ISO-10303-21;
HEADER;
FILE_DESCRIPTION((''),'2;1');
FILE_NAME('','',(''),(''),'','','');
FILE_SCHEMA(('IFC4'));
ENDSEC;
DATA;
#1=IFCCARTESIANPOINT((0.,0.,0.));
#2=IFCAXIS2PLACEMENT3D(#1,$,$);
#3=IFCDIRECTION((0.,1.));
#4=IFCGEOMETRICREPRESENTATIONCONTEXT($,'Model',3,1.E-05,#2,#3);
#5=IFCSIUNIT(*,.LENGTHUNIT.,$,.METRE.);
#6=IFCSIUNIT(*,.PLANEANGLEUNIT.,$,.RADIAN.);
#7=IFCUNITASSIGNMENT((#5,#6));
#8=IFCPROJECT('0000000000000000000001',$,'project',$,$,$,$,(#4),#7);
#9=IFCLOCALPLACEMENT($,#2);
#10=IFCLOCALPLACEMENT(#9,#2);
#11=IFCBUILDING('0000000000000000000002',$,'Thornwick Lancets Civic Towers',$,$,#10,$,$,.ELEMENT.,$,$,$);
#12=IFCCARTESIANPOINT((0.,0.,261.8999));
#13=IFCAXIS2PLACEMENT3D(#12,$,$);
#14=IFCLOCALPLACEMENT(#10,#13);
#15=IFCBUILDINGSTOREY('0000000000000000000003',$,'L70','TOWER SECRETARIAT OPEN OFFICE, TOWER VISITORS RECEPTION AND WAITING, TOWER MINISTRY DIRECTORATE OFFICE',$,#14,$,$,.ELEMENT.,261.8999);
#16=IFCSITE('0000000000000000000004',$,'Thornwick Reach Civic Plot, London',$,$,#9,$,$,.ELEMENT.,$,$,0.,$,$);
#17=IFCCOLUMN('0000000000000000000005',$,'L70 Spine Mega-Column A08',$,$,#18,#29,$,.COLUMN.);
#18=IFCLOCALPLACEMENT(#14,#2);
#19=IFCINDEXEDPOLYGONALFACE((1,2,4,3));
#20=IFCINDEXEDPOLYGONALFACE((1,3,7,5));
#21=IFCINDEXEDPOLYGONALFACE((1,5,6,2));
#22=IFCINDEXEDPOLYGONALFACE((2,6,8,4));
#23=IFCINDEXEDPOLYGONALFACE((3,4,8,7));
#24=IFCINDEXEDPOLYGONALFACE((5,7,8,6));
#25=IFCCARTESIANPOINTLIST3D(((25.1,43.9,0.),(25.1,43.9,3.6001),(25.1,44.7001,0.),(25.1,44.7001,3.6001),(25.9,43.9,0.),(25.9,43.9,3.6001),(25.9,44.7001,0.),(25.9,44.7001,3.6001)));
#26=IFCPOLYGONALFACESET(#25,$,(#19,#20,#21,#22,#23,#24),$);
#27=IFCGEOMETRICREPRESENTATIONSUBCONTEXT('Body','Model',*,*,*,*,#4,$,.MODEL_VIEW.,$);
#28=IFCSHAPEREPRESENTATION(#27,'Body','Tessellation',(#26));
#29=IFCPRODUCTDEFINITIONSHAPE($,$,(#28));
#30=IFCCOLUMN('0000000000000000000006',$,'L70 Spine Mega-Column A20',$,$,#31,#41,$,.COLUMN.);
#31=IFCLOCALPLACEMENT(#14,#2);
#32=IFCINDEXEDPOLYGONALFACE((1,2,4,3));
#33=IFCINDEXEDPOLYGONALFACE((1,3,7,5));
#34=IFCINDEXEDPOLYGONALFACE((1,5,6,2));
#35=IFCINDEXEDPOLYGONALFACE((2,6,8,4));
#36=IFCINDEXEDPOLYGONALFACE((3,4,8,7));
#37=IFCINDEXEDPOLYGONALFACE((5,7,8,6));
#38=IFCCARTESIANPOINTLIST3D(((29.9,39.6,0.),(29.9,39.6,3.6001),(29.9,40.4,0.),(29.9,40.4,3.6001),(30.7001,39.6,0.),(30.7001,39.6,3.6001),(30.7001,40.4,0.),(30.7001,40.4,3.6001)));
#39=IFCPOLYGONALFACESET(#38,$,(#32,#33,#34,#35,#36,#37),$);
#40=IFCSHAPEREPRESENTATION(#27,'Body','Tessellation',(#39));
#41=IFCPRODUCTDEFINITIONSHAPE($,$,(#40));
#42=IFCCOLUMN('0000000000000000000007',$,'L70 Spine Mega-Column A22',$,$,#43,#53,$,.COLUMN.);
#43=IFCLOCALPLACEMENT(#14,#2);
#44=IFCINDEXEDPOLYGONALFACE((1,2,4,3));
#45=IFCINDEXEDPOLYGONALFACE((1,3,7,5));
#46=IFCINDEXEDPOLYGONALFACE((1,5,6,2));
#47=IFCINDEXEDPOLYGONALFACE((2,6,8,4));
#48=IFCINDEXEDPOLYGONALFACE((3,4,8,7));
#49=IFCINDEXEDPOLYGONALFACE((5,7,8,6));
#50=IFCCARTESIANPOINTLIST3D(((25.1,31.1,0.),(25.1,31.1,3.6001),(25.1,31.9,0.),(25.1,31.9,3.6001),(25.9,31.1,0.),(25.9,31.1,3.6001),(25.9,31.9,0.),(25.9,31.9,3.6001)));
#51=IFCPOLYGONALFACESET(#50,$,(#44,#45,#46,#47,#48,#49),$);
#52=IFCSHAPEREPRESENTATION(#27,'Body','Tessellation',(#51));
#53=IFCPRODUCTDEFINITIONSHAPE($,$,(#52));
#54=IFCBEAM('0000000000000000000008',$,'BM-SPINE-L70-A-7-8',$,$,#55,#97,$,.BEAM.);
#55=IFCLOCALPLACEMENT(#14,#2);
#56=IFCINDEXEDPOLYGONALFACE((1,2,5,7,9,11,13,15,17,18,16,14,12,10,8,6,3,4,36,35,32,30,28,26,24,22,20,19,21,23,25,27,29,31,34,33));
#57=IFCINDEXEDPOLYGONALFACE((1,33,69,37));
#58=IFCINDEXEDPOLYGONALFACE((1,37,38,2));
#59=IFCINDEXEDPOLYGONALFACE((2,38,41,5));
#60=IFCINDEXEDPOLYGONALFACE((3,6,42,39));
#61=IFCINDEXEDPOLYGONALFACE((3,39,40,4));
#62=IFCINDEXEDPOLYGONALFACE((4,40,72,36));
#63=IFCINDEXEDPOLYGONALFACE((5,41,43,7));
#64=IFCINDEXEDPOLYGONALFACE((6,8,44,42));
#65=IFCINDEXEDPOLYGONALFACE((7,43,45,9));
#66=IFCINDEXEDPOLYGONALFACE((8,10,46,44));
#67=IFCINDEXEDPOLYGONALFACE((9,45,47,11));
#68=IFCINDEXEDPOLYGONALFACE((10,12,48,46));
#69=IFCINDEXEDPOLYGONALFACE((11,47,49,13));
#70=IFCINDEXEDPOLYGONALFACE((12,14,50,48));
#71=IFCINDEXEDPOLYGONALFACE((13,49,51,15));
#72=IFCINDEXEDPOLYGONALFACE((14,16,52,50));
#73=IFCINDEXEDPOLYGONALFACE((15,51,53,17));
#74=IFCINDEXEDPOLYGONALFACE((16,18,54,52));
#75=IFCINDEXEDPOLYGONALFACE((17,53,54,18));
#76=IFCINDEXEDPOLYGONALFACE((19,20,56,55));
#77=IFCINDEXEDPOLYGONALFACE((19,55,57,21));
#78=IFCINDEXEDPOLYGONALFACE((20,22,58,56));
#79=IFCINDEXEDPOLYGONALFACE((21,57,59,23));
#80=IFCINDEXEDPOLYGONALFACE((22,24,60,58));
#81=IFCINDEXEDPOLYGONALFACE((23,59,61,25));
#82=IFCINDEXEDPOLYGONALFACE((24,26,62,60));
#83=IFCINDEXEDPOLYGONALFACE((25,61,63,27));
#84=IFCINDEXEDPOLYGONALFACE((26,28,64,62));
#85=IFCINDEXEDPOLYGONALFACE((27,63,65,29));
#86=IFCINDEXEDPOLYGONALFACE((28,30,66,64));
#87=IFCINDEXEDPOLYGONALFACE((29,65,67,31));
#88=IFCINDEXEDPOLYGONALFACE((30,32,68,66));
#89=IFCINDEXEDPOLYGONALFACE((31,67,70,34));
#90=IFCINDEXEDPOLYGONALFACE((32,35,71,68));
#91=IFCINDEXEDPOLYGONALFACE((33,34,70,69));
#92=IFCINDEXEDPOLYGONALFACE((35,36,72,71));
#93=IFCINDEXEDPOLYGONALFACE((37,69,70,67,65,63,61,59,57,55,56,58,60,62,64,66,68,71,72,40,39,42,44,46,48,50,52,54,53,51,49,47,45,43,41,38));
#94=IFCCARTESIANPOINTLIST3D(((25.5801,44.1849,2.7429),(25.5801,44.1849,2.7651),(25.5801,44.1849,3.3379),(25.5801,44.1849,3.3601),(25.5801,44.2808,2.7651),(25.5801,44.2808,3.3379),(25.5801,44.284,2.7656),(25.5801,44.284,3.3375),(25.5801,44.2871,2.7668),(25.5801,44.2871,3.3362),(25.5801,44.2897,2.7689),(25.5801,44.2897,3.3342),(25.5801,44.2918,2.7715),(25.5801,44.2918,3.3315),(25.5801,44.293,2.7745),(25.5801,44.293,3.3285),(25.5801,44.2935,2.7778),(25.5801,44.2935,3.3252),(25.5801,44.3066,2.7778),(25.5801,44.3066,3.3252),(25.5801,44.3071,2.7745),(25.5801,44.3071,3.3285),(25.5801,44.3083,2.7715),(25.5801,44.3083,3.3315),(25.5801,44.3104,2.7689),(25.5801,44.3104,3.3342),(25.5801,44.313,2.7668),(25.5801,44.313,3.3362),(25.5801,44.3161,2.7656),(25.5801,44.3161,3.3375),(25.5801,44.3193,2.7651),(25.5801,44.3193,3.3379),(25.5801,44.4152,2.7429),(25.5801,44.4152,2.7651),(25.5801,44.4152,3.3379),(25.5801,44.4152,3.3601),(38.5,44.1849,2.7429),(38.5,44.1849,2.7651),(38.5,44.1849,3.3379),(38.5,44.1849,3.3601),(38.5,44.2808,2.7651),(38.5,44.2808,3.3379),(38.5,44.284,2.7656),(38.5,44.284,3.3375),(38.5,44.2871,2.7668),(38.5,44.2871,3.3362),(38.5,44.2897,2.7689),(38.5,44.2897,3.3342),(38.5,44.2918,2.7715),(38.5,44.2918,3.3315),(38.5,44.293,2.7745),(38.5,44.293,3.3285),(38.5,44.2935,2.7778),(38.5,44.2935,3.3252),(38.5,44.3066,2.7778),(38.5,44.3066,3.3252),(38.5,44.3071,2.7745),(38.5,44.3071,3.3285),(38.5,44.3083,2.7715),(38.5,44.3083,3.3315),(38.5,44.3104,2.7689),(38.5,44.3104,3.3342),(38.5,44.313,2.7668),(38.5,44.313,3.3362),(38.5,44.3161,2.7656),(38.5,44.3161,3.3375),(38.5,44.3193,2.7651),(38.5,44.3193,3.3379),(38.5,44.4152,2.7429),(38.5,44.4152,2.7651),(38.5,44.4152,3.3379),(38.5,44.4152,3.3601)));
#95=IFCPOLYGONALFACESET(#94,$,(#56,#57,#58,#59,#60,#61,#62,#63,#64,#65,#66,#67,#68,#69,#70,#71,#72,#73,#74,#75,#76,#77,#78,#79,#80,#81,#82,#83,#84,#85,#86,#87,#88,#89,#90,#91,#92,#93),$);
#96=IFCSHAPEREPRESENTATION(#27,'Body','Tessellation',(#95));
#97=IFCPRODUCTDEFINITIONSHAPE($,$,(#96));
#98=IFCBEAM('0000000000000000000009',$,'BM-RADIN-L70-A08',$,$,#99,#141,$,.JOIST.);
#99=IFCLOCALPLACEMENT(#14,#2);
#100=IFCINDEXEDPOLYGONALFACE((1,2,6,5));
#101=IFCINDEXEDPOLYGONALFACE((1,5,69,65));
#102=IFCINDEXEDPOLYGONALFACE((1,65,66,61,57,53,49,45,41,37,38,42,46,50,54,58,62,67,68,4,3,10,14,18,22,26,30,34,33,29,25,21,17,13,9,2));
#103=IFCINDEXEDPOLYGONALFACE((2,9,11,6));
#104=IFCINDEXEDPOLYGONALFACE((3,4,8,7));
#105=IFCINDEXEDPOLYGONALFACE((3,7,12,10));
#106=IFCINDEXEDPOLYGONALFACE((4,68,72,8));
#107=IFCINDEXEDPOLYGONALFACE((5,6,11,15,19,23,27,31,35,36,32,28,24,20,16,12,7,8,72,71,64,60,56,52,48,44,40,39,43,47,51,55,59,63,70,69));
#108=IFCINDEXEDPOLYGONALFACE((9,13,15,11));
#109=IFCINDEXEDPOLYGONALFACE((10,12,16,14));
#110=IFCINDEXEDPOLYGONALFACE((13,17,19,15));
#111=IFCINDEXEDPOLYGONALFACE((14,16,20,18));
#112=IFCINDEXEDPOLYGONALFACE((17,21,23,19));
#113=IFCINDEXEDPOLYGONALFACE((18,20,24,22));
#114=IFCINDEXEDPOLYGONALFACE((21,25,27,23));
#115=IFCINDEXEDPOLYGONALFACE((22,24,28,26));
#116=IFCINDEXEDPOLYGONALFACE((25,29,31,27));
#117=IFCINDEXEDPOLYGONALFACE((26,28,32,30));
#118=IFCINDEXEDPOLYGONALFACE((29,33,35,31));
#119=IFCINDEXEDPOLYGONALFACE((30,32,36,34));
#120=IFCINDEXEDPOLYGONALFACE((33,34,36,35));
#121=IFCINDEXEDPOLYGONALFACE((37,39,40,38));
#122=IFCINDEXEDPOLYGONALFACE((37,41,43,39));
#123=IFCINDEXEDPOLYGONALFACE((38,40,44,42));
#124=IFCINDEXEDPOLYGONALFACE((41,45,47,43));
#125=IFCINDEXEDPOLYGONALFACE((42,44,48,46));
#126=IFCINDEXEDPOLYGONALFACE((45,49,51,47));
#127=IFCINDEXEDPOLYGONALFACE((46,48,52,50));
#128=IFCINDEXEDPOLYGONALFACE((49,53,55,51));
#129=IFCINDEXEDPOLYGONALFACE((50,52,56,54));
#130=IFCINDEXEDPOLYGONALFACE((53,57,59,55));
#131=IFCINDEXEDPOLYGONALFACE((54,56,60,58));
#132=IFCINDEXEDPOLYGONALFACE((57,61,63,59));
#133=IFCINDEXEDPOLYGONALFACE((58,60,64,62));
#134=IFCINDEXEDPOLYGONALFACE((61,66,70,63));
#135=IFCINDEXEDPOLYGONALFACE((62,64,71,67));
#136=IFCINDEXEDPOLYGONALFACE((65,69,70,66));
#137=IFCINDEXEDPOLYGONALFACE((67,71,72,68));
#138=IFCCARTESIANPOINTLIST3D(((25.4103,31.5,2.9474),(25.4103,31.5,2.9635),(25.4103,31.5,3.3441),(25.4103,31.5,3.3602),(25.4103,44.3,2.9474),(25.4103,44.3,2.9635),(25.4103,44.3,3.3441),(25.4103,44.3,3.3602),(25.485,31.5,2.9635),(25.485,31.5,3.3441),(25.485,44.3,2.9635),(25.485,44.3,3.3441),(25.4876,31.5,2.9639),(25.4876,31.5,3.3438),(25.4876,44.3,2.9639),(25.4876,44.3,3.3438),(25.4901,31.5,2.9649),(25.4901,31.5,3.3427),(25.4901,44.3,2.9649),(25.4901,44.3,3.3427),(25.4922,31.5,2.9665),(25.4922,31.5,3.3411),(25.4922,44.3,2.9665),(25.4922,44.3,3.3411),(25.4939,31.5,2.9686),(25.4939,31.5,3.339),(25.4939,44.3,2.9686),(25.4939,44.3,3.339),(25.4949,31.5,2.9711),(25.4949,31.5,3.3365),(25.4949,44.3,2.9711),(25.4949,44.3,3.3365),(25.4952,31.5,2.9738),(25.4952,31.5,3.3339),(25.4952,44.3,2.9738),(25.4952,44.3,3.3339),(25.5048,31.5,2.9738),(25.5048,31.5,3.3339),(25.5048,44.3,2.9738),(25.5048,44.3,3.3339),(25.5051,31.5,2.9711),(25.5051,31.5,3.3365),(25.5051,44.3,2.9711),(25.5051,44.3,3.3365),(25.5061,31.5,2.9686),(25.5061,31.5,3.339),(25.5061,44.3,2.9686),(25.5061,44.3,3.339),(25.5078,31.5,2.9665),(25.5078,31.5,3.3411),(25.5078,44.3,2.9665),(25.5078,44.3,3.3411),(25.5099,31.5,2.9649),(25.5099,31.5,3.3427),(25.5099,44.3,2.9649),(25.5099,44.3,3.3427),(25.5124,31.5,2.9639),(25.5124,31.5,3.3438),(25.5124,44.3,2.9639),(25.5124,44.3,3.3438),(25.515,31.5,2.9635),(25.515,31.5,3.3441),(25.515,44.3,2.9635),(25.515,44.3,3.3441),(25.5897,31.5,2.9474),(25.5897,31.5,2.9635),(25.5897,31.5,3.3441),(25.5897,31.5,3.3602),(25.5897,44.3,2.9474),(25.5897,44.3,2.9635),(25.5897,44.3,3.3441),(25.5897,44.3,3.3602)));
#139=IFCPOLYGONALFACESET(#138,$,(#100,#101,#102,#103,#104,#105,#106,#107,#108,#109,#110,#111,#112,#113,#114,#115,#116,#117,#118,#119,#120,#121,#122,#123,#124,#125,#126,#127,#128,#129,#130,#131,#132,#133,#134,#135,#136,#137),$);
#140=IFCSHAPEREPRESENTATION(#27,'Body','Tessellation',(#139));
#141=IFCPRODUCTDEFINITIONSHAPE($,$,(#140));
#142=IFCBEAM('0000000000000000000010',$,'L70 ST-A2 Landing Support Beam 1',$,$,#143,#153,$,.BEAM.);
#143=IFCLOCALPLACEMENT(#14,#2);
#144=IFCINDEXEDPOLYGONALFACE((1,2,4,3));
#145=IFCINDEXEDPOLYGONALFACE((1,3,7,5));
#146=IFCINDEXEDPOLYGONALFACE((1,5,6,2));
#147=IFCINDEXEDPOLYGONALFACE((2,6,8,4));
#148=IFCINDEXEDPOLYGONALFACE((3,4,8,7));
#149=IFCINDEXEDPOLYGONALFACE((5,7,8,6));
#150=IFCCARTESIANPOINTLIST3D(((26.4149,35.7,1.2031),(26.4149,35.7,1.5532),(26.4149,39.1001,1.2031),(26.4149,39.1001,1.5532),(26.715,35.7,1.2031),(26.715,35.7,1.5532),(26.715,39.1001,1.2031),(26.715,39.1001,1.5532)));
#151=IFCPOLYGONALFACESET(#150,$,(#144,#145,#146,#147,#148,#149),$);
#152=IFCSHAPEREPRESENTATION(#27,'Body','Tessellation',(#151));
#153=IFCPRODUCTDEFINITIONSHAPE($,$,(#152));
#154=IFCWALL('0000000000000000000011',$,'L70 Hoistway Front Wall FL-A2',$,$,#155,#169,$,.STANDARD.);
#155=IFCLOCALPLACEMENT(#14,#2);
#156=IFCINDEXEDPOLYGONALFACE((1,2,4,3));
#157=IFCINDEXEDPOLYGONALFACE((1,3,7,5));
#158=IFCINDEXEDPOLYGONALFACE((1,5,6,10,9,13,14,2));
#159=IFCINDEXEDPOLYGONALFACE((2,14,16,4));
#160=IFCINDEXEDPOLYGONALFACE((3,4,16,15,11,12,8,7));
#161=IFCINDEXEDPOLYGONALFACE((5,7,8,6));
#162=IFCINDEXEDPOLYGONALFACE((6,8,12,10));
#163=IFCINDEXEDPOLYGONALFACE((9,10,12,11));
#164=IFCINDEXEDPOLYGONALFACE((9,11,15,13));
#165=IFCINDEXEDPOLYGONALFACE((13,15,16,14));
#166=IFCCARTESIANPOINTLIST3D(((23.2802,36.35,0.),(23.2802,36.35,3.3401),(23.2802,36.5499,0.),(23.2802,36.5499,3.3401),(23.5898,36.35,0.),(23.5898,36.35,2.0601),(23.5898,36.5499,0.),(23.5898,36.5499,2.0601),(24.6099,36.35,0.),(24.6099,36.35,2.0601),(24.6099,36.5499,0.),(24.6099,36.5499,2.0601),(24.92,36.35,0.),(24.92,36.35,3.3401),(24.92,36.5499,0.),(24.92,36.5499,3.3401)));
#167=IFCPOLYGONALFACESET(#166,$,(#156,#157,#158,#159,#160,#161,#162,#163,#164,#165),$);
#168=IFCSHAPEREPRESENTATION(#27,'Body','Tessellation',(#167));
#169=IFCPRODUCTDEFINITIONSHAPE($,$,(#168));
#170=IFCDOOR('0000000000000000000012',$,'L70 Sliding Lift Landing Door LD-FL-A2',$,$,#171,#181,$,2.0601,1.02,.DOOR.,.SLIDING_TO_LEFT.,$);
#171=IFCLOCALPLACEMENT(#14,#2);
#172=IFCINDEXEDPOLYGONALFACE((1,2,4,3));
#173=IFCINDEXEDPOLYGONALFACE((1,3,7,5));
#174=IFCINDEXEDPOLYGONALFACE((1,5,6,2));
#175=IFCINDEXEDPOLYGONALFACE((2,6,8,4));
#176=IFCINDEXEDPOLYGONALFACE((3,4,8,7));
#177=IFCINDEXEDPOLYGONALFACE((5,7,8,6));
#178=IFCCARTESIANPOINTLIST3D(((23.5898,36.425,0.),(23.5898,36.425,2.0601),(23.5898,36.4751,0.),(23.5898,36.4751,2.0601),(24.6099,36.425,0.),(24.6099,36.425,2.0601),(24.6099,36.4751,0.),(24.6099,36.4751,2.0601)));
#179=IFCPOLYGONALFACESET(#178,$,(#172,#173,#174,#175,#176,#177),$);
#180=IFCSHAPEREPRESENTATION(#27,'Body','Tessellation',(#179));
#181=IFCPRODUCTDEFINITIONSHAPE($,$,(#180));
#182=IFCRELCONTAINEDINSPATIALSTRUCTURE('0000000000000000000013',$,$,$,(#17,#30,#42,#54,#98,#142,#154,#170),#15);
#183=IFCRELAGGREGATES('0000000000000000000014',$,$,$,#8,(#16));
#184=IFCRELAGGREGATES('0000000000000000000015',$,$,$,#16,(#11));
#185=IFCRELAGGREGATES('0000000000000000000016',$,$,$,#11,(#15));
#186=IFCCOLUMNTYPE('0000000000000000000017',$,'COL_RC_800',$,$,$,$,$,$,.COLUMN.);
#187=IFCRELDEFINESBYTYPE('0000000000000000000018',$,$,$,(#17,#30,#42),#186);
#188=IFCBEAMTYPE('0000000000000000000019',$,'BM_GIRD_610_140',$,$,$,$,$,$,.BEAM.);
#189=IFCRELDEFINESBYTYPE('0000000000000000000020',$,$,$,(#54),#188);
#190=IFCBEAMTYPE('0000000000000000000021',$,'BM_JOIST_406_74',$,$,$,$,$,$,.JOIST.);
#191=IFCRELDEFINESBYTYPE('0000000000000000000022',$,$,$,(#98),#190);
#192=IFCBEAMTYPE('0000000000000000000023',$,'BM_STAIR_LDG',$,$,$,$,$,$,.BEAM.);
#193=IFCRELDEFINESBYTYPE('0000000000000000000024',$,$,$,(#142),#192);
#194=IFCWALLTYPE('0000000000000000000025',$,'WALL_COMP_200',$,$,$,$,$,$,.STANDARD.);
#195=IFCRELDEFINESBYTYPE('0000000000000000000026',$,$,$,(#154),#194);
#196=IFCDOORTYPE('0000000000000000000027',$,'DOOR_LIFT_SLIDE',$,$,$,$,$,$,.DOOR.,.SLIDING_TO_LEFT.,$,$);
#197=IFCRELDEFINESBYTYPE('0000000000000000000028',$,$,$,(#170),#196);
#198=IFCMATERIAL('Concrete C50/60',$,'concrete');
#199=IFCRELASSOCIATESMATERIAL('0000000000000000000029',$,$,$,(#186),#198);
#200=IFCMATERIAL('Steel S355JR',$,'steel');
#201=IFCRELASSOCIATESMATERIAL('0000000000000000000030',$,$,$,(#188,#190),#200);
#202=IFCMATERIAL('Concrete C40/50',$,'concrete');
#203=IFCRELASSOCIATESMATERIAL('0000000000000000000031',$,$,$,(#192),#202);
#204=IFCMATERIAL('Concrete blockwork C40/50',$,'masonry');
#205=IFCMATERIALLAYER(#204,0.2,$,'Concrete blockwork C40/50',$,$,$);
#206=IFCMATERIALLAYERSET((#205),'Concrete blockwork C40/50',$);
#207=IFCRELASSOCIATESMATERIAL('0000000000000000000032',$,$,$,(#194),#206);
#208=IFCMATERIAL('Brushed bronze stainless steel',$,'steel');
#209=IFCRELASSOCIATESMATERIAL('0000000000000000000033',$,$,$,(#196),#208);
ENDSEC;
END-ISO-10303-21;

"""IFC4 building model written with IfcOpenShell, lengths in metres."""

from ifc_helpers import new_model, si_unit, direction, frame, frame_2d, origin, origin_2d, place, context, subcontext, project, spatial, rectangle, i_section, extrude, material, layer, layer_set, material_profile, profile_set, type_object, element, fill, save


model = new_model("IFC4")

# Units and contexts
model_context = context("Model", 3, precision=1e-05, world=origin(), true_north=direction((0.0, 1.0)))
body_context = subcontext(model_context, "Body", "Model", "MODEL_VIEW")
ifc_project = project(units=[si_unit("LENGTHUNIT", "METRE"), si_unit("PLANEANGLEUNIT", "RADIAN")], contexts=[model_context])

# Site, building, storey
site_placement = place(None, origin())
site = spatial("IfcSite", under=ifc_project, at=site_placement, Name="Thornwick Reach Civic Plot, London", CompositionType="ELEMENT", RefElevation=0.0)
building_placement = place(site_placement, origin())
building = spatial("IfcBuilding", under=site, at=building_placement, Name="Thornwick Lancets Civic Towers", CompositionType="ELEMENT")
storey_placement = place(building_placement, frame((0.0, 0.0, 261.8999)))
storey = spatial("IfcBuildingStorey", under=building, at=storey_placement, Name="L70", Description="TOWER SECRETARIAT OPEN OFFICE, TOWER VISITORS RECEPTION AND WAITING, TOWER MINISTRY DIRECTORATE OFFICE", CompositionType="ELEMENT", Elevation=261.8999)

# Columns
ifc_material_1 = material(Name="Concrete C50/60", Category="concrete")
ifc_material_profile_1 = material_profile(ifc_material_1, rectangle(XDim=0.8, YDim=0.8, at=origin_2d()), Name="RC 800x800")
ifc_profile_set_1 = profile_set([ifc_material_profile_1], Name="Concrete C50/60")
column_type = type_object("IfcColumnType", Name="COL_RC_800", PredefinedType="COLUMN", material=ifc_profile_set_1)
for number, where, z_axis, x_axis, name in (
    (1, (25.5, 44.3, 0.0), (0.0, 0.0, 1.0), (1.0, 0.0, 0.0), "L70 Spine Mega-Column A08"),
    (2, (30.3, 40.0, 0.0), (0.0, 0.0, 1.0), (1.0, 0.0, 0.0), "L70 Spine Mega-Column A20"),
    (3, (25.5, 31.5, 0.0), (0.0, 0.0, 1.0), (1.0, 0.0, 0.0), "L70 Spine Mega-Column A22"),
):
    element("IfcColumn", number, at=place(storey_placement, frame(where, z_axis=z_axis, x_axis=x_axis)), inside=storey, type_object=column_type, Name=name, PredefinedType="COLUMN", context=body_context, shape_type="SweptSolid", body=[
        extrude(rectangle(XDim=0.8, YDim=0.8, at=origin_2d()), origin(), (0.0, 0.0, 1.0), 3.6001),
    ])

# Beams
ifc_material_2 = material(Name="Steel S355JR", Category="steel")
ifc_material_profile_2 = material_profile(ifc_material_2, i_section(OverallWidth=0.2302, OverallDepth=0.6172, WebThickness=0.0132, FlangeThickness=0.0222, FilletRadius=0.0127, at=origin_2d()), Name="UKB 610x229x140")
ifc_profile_set_2 = profile_set([ifc_material_profile_2], Name="Steel S355JR")
beam_type_1 = type_object("IfcBeamType", Name="BM_GIRD_610_140", PredefinedType="BEAM", material=ifc_profile_set_2)
beam_1_placement = place(storey_placement, frame((25.5801, 44.3, 3.0515), z_axis=(1.0, 0.0, 0.0), x_axis=(0.0, 1.0, 0.0)))
element("IfcBeam", 4, at=beam_1_placement, inside=storey, type_object=beam_type_1, Name="BM-SPINE-L70-A-7-8", PredefinedType="BEAM", context=body_context, shape_type="SweptSolid", body=[
    extrude(i_section(OverallWidth=0.2302, OverallDepth=0.6172, WebThickness=0.0132, FlangeThickness=0.0222, FilletRadius=0.0127, at=origin_2d()), origin(), (0.0, 0.0, 1.0), 12.9199),
])
ifc_material_profile_3 = material_profile(ifc_material_2, i_section(OverallWidth=0.1794, OverallDepth=0.4128, WebThickness=0.0095, FlangeThickness=0.0161, FilletRadius=0.0103, at=origin_2d()), Name="UKB 406x178x74")
ifc_profile_set_3 = profile_set([ifc_material_profile_3], Name="Steel S355JR")
beam_type_2 = type_object("IfcBeamType", Name="BM_JOIST_406_74", PredefinedType="JOIST", material=ifc_profile_set_3)
beam_2_placement = place(storey_placement, frame((25.5, 31.5, 3.1538), z_axis=(0.0, 1.0, 0.0), x_axis=(-1.0, 0.0, 0.0)))
element("IfcBeam", 5, at=beam_2_placement, inside=storey, type_object=beam_type_2, Name="BM-RADIN-L70-A08", PredefinedType="JOIST", context=body_context, shape_type="SweptSolid", body=[
    extrude(i_section(OverallWidth=0.1794, OverallDepth=0.4128, WebThickness=0.0095, FlangeThickness=0.0161, FilletRadius=0.0103, at=origin_2d()), origin(), (0.0, 0.0, 1.0), 12.8),
])
ifc_material_3 = material(Name="Concrete C40/50", Category="concrete")
ifc_material_profile_4 = material_profile(ifc_material_3, rectangle(XDim=0.3, YDim=0.3501, at=origin_2d()), Name="RC 300x350")
ifc_profile_set_4 = profile_set([ifc_material_profile_4], Name="Concrete C40/50")
beam_type_3 = type_object("IfcBeamType", Name="BM_STAIR_LDG", PredefinedType="BEAM", material=ifc_profile_set_4)
beam_3_placement = place(storey_placement, frame((26.5649, 39.1001, 1.3782), z_axis=(0.0, -1.0, 0.0), x_axis=(1.0, 0.0, 0.0)))
element("IfcBeam", 6, at=beam_3_placement, inside=storey, type_object=beam_type_3, Name="L70 ST-A2 Landing Support Beam 1", PredefinedType="BEAM", context=body_context, shape_type="SweptSolid", body=[
    extrude(rectangle(XDim=0.3, YDim=0.3501, at=origin_2d()), origin(), (0.0, 0.0, 1.0), 3.4001),
])

# Wall, opening, door
ifc_material_4 = material(Name="Concrete blockwork C40/50", Category="masonry")
ifc_layer_1 = layer(ifc_material_4, 0.2, Name="Concrete blockwork C40/50")
ifc_layer_set_1 = layer_set([ifc_layer_1], Name="Concrete blockwork C40/50")
wall_type_1 = type_object("IfcWallType", Name="WALL_COMP_200", PredefinedType="STANDARD", material=ifc_layer_set_1)
wall_1_placement = place(storey_placement, frame((24.9199, 36.45, 0.0), z_axis=(0.0, 0.0, 1.0), x_axis=(-1.0, 0.0, 0.0)))
wall_1 = element("IfcWall", 7, at=wall_1_placement, inside=storey, type_object=wall_type_1, Name="L70 Hoistway Front Wall FL-A2", PredefinedType="STANDARD", context=body_context, shape_type="SweptSolid", body=[
    extrude(rectangle(XDim=1.6399, YDim=0.2, at=frame_2d((0.8198, 0.0))), origin(), (0.0, 0.0, 1.0), 3.3401),
])
opening_1_placement = place(wall_1_placement, frame((0.3101, 0.0, 0.0)))
opening_1 = element("IfcOpeningElement", 8, at=opening_1_placement, cuts=wall_1, PredefinedType="OPENING", context=body_context, shape_type="SweptSolid", body=[
    extrude(rectangle(XDim=1.02, YDim=2.0601, at=frame_2d((0.51, 1.03))), frame((0.0, 0.1099, 0.0), z_axis=(0.0, -1.0, 0.0), x_axis=(1.0, 0.0, 0.0)), (0.0, 0.0, 1.0), 0.22),
])
ifc_material_5 = material(Name="Brushed bronze stainless steel", Category="steel")
door_type_1 = type_object("IfcDoorType", Name="DOOR_LIFT_SLIDE", OperationType="SLIDING_TO_LEFT", PredefinedType="DOOR", material=ifc_material_5)
door_1_placement = place(opening_1_placement, origin())
door_1 = element("IfcDoor", 9, at=door_1_placement, inside=storey, type_object=door_type_1, Name="L70 Sliding Lift Landing Door LD-FL-A2", OperationType="SLIDING_TO_LEFT", OverallHeight=2.0601, OverallWidth=1.02, PredefinedType="DOOR", context=body_context, shape_type="SweptSolid", body=[
    extrude(rectangle(XDim=1.02, YDim=2.0601, at=frame_2d((0.51, 1.03))), frame((0.0, 0.0249, 0.0), z_axis=(0.0, -1.0, 0.0), x_axis=(1.0, 0.0, 0.0)), (0.0, 0.0, 1.0), 0.05),
])
fill(opening_1, door_1)

save(model, "model.ifc")
